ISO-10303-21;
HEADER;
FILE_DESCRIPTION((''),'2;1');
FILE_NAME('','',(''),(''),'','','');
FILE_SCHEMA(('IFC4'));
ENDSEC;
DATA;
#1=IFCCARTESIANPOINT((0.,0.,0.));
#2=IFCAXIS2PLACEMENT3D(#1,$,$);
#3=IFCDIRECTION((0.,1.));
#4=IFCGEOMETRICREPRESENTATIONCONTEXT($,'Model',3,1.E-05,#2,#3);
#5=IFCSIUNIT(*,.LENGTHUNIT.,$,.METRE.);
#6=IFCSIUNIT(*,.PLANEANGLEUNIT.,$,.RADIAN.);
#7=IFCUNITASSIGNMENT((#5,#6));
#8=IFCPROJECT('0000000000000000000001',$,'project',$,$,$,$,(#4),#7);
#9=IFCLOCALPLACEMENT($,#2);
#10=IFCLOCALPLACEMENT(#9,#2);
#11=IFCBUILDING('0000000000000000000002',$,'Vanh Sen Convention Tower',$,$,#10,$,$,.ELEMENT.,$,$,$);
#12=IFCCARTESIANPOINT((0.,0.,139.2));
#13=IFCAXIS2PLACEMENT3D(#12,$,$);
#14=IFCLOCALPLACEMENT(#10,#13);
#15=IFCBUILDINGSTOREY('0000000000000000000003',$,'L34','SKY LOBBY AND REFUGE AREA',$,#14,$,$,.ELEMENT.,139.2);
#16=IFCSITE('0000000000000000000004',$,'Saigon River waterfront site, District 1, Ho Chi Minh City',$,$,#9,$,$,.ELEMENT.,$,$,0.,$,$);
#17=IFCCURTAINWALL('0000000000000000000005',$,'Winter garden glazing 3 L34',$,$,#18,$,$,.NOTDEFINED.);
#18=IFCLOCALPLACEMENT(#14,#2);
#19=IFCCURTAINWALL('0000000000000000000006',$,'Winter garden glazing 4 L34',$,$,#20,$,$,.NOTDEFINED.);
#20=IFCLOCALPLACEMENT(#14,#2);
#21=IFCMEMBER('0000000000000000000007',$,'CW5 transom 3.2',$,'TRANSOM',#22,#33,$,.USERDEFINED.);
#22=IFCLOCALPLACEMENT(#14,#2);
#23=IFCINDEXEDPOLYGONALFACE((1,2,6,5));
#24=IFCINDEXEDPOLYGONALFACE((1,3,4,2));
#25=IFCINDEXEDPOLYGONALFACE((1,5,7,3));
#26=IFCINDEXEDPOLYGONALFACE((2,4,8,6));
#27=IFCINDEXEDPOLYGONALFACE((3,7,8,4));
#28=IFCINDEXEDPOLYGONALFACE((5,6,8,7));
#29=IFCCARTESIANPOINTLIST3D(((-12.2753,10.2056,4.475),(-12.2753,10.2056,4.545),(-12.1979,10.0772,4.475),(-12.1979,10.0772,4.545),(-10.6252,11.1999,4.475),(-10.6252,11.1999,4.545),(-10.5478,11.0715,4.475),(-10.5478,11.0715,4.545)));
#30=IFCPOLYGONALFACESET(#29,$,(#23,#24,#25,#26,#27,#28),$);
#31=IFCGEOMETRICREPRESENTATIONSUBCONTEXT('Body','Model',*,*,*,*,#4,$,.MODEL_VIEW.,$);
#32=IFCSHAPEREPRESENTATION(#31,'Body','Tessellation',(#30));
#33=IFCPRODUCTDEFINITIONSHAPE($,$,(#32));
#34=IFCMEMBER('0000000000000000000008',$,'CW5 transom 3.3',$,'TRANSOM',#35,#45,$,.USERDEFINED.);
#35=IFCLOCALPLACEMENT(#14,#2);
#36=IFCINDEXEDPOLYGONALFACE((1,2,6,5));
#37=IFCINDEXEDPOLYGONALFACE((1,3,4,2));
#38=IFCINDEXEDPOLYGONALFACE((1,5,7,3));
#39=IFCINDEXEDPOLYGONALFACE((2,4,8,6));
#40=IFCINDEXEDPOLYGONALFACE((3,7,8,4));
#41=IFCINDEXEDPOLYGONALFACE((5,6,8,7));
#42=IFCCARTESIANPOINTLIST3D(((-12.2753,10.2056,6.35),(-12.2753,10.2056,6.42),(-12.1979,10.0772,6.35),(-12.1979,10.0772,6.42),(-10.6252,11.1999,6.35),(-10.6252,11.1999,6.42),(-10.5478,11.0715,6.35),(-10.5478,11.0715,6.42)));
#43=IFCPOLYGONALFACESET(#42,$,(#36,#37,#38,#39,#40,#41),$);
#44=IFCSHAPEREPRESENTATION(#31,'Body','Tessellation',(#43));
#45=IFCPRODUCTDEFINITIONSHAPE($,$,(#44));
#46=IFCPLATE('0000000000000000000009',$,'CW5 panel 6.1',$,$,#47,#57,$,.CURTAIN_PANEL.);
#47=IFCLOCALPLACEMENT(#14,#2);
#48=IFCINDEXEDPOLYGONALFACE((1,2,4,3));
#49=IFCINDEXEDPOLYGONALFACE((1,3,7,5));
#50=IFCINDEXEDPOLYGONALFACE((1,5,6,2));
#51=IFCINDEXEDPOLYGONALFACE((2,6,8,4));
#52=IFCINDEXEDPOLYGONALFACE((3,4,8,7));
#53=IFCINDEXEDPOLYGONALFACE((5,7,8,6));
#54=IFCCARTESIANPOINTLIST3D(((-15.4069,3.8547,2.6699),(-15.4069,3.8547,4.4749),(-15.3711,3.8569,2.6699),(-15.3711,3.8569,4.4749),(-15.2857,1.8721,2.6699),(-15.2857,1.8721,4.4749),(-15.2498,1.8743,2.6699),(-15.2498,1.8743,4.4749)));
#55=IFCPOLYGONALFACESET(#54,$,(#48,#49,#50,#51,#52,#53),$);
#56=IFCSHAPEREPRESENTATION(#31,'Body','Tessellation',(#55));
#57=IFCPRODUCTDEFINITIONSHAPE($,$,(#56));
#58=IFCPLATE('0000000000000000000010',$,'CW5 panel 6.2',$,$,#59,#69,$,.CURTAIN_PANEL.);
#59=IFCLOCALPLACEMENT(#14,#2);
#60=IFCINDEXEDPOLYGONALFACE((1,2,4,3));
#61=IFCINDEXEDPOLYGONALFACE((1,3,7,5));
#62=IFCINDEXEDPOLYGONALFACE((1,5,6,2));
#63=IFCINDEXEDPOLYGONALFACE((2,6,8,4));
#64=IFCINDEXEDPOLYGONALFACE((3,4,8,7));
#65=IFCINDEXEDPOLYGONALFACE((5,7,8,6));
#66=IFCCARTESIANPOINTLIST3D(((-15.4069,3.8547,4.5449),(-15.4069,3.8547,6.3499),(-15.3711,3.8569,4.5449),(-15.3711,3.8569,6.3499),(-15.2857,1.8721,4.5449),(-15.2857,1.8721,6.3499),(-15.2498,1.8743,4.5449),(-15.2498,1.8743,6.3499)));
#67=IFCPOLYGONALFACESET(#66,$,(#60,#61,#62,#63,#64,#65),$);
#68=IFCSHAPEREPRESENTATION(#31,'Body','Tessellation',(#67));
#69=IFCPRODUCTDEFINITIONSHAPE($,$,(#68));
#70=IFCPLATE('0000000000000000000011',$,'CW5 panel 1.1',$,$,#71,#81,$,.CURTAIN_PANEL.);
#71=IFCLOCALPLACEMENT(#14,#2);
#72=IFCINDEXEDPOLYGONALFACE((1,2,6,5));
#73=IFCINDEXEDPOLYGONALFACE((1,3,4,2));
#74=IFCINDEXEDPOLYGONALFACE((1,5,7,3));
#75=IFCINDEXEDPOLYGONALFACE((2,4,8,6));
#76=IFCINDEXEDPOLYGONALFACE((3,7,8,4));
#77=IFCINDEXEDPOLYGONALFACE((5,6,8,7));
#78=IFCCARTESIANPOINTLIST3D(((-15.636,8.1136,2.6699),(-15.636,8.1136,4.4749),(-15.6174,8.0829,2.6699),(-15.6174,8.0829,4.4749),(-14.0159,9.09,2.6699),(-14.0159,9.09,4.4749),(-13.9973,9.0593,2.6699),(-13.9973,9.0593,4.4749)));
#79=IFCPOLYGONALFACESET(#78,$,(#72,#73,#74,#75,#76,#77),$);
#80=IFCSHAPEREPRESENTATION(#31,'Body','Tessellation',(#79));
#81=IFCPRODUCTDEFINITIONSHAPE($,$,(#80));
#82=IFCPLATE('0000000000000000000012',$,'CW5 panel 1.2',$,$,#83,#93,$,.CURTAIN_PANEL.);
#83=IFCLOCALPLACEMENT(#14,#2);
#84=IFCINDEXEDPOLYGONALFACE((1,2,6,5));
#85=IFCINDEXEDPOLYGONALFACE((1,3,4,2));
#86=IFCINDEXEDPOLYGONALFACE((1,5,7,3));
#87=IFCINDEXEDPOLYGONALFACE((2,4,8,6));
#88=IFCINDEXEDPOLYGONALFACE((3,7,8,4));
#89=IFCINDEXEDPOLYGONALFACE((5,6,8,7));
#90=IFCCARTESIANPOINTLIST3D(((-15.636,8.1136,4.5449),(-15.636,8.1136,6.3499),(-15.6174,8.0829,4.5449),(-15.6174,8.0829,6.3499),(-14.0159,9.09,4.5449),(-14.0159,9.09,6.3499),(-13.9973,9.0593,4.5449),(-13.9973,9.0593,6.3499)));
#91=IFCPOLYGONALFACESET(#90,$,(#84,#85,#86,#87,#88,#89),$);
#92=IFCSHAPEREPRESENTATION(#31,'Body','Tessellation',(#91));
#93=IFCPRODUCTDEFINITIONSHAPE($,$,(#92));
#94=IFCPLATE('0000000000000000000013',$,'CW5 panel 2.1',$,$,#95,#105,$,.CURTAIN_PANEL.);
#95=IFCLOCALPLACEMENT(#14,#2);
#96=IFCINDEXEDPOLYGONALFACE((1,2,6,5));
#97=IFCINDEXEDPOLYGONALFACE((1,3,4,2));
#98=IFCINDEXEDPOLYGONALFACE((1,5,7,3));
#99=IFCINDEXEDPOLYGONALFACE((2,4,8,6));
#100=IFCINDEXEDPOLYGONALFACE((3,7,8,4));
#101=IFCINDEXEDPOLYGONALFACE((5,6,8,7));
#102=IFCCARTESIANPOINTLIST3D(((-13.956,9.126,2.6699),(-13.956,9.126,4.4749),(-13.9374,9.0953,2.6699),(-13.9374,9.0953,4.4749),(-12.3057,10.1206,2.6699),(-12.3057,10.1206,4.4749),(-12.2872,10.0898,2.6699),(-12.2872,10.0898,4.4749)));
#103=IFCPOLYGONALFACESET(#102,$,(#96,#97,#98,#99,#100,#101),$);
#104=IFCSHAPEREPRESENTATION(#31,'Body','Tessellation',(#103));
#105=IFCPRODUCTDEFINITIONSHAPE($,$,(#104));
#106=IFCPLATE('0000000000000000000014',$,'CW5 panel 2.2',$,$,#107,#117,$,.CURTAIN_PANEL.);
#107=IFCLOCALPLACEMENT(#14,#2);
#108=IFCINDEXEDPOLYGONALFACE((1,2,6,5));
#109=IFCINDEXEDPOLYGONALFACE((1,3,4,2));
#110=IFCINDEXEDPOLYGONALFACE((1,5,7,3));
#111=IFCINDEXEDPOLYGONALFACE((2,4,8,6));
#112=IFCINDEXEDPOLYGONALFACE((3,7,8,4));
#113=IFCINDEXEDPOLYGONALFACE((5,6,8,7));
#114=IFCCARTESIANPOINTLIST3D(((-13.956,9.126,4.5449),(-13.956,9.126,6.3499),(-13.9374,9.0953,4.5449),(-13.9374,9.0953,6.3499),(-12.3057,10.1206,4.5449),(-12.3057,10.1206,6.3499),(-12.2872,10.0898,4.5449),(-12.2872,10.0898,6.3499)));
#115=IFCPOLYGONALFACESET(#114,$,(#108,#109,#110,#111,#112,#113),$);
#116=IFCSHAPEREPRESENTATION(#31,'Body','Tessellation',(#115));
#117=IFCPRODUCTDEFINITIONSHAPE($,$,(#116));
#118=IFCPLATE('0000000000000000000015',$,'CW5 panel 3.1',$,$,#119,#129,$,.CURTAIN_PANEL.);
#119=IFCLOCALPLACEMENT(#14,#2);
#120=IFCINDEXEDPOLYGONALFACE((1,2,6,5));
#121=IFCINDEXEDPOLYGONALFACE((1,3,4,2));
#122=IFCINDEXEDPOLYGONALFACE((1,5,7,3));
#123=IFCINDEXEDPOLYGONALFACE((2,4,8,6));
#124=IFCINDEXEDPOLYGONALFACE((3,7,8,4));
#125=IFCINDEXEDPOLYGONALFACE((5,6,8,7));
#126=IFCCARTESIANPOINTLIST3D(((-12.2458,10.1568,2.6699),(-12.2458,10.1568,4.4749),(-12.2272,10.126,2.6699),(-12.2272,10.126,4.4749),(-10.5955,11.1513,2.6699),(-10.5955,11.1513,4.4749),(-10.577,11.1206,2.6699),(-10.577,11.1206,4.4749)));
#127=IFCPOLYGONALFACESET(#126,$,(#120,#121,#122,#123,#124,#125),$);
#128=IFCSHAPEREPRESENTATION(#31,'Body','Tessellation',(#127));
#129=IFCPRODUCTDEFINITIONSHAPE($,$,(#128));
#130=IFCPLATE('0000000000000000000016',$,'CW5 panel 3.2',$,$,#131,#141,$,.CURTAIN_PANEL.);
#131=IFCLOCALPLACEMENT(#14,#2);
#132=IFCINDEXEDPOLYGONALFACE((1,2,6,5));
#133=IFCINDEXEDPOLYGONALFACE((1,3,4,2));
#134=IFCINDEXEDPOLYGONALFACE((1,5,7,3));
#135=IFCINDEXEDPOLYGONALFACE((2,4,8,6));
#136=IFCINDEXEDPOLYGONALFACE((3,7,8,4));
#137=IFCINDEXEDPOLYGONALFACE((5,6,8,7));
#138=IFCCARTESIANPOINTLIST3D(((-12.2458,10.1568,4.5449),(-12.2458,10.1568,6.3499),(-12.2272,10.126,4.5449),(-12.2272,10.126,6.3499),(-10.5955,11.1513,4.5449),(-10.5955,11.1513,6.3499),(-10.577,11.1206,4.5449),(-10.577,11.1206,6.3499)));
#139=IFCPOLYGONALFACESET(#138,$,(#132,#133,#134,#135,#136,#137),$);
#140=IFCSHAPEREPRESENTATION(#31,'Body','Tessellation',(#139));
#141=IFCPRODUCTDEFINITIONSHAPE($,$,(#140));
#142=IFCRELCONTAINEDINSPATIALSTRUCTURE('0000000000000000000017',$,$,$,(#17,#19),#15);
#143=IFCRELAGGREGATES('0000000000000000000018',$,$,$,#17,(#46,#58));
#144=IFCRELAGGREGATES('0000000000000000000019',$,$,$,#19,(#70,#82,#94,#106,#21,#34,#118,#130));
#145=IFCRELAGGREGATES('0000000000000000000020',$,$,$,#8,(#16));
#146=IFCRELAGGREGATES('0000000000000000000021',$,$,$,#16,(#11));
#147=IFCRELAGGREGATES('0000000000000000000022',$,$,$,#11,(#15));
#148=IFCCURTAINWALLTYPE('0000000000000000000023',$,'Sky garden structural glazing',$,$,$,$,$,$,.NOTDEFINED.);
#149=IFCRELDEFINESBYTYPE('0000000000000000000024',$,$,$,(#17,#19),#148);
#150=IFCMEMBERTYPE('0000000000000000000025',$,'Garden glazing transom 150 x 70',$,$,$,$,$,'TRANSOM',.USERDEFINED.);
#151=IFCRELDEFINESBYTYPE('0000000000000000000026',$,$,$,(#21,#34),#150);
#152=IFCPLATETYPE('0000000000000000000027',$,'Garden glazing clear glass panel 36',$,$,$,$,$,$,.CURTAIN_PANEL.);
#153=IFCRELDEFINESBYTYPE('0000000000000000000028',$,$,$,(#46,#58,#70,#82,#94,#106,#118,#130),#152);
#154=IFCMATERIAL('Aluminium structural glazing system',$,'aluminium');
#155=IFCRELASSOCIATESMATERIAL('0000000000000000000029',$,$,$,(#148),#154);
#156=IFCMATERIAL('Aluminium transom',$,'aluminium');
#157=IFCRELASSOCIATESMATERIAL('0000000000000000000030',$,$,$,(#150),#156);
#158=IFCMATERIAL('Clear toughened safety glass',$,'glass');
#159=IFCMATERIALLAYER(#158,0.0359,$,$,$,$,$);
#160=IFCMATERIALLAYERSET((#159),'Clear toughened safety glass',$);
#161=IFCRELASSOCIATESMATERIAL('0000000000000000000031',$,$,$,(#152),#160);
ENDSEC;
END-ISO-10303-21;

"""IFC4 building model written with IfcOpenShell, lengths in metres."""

from ifc_helpers import new_model, si_unit, direction, frame, origin, origin_2d, place, context, subcontext, project, spatial, rectangle, extrude, material, layer, layer_set, material_profile, profile_set, type_object, element, aggregate, save


model = new_model("IFC4")

# Units and contexts
model_context = context("Model", 3, precision=1e-05, world=origin(), true_north=direction((0.0, 1.0)))
body_context = subcontext(model_context, "Body", "Model", "MODEL_VIEW")
ifc_project = project(units=[si_unit("LENGTHUNIT", "METRE"), si_unit("PLANEANGLEUNIT", "RADIAN")], contexts=[model_context])

# Site, building, storey
site_placement = place(None, origin())
site = spatial("IfcSite", under=ifc_project, at=site_placement, Name="Saigon River waterfront site, District 1, Ho Chi Minh City", CompositionType="ELEMENT", RefElevation=0.0)
building_placement = place(site_placement, origin())
building = spatial("IfcBuilding", under=site, at=building_placement, Name="Vanh Sen Convention Tower", CompositionType="ELEMENT")
storey_placement = place(building_placement, frame((0.0, 0.0, 139.2)))
storey = spatial("IfcBuildingStorey", under=building, at=storey_placement, Name="L34", Description="SKY LOBBY AND REFUGE AREA", CompositionType="ELEMENT", Elevation=139.2)

# Curtain walls
ifc_material_1 = material(Name="Aluminium structural glazing system", Category="aluminium")
curtain_wall_type = type_object("IfcCurtainWallType", Name="Sky garden structural glazing", PredefinedType="NOTDEFINED", material=ifc_material_1)
curtain_wall_1_placement = place(storey_placement, origin())
curtain_wall_1 = element("IfcCurtainWall", 1, at=curtain_wall_1_placement, inside=storey, type_object=curtain_wall_type, Name="Winter garden glazing 3 L34", PredefinedType="NOTDEFINED")
curtain_wall_2_placement = place(storey_placement, origin())
curtain_wall_2 = element("IfcCurtainWall", 2, at=curtain_wall_2_placement, inside=storey, type_object=curtain_wall_type, Name="Winter garden glazing 4 L34", PredefinedType="NOTDEFINED")

# Members
ifc_material_2 = material(Name="Aluminium transom", Category="aluminium")
ifc_material_profile_1 = material_profile(ifc_material_2, rectangle(XDim=0.1499, YDim=0.0701, at=origin_2d()), Name="Garden glazing transom 150 x 70")
ifc_profile_set_1 = profile_set([ifc_material_profile_1], Name="Aluminium transom")
member_type_1 = type_object("IfcMemberType", Name="Garden glazing transom 150 x 70", ElementType="TRANSOM", PredefinedType="USERDEFINED", material=ifc_profile_set_1)
member_1_placement = place(storey_placement, frame((-12.2366, 10.1414, 4.51), z_axis=(0.856507, 0.516135, 0.0), x_axis=(-0.516135, 0.856507, 0.0)))
member_1 = element("IfcMember", 3, at=member_1_placement, type_object=member_type_1, Name="CW5 transom 3.2", ObjectType="TRANSOM", PredefinedType="USERDEFINED", context=body_context, shape_type="SweptSolid", body=[
    extrude(rectangle(XDim=0.1499, YDim=0.0701, at=origin_2d()), origin(), (0.0, 0.0, 1.0), 1.9265),
])
member_2_placement = place(storey_placement, frame((-12.2366, 10.1414, 6.385), z_axis=(0.856507, 0.516135, 0.0), x_axis=(-0.516135, 0.856507, 0.0)))
member_2 = element("IfcMember", 4, at=member_2_placement, type_object=member_type_1, Name="CW5 transom 3.3", ObjectType="TRANSOM", PredefinedType="USERDEFINED", context=body_context, shape_type="SweptSolid", body=[
    extrude(rectangle(XDim=0.1499, YDim=0.0701, at=origin_2d()), origin(), (0.0, 0.0, 1.0), 1.9265),
])

# Plates
ifc_material_3 = material(Name="Clear toughened safety glass", Category="glass")
ifc_layer_1 = layer(ifc_material_3, 0.0359)
ifc_layer_set_1 = layer_set([ifc_layer_1], Name="Clear toughened safety glass")
plate_type = type_object("IfcPlateType", Name="Garden glazing clear glass panel 36", PredefinedType="CURTAIN_PANEL", material=ifc_layer_set_1)
plate_1_placement = place(storey_placement, frame((-15.3284, 2.8645, 2.6699), z_axis=(0.0, 0.0, 1.0), x_axis=(-0.061047, 0.998135, 0.0)))
plate_1 = element("IfcPlate", 5, at=plate_1_placement, type_object=plate_type, Name="CW5 panel 6.1", PredefinedType="CURTAIN_PANEL", context=body_context, shape_type="SweptSolid", body=[
    extrude(rectangle(XDim=1.9863, YDim=0.0359, at=origin_2d()), origin(), (0.0, 0.0, 1.0), 1.8049),
])
plate_2_placement = place(storey_placement, frame((-15.3284, 2.8645, 4.5449), z_axis=(0.0, 0.0, 1.0), x_axis=(-0.061047, 0.998135, 0.0)))
plate_2 = element("IfcPlate", 6, at=plate_2_placement, type_object=plate_type, Name="CW5 panel 6.2", PredefinedType="CURTAIN_PANEL", context=body_context, shape_type="SweptSolid", body=[
    extrude(rectangle(XDim=1.9863, YDim=0.0359, at=origin_2d()), origin(), (0.0, 0.0, 1.0), 1.8049),
])
aggregate(curtain_wall_1, [plate_1, plate_2])
plate_3_placement = place(storey_placement, frame((-14.8167, 8.5864, 2.6699), z_axis=(0.0, 0.0, 1.0), x_axis=(0.856483, 0.516176, 0.0)))
plate_3 = element("IfcPlate", 7, at=plate_3_placement, type_object=plate_type, Name="CW5 panel 1.1", PredefinedType="CURTAIN_PANEL", context=body_context, shape_type="SweptSolid", body=[
    extrude(rectangle(XDim=1.8916, YDim=0.0359, at=origin_2d()), origin(), (0.0, 0.0, 1.0), 1.8049),
])
plate_4_placement = place(storey_placement, frame((-14.8167, 8.5864, 4.5449), z_axis=(0.0, 0.0, 1.0), x_axis=(0.856483, 0.516176, 0.0)))
plate_4 = element("IfcPlate", 8, at=plate_4_placement, type_object=plate_type, Name="CW5 panel 1.2", PredefinedType="CURTAIN_PANEL", context=body_context, shape_type="SweptSolid", body=[
    extrude(rectangle(XDim=1.8916, YDim=0.0359, at=origin_2d()), origin(), (0.0, 0.0, 1.0), 1.8049),
])
plate_5_placement = place(storey_placement, frame((-13.1216, 9.6079, 2.6699), z_axis=(0.0, 0.0, 1.0), x_axis=(0.856483, 0.516176, 0.0)))
plate_5 = element("IfcPlate", 9, at=plate_5_placement, type_object=plate_type, Name="CW5 panel 2.1", PredefinedType="CURTAIN_PANEL", context=body_context, shape_type="SweptSolid", body=[
    extrude(rectangle(XDim=1.9268, YDim=0.0359, at=origin_2d()), origin(), (0.0, 0.0, 1.0), 1.8049),
])
plate_6_placement = place(storey_placement, frame((-13.1216, 9.6079, 4.5449), z_axis=(0.0, 0.0, 1.0), x_axis=(0.856483, 0.516176, 0.0)))
plate_6 = element("IfcPlate", 10, at=plate_6_placement, type_object=plate_type, Name="CW5 panel 2.2", PredefinedType="CURTAIN_PANEL", context=body_context, shape_type="SweptSolid", body=[
    extrude(rectangle(XDim=1.9268, YDim=0.0359, at=origin_2d()), origin(), (0.0, 0.0, 1.0), 1.8049),
])
plate_7_placement = place(storey_placement, frame((-11.4114, 10.6387, 2.6699), z_axis=(0.0, 0.0, 1.0), x_axis=(0.856483, 0.516176, 0.0)))
plate_7 = element("IfcPlate", 11, at=plate_7_placement, type_object=plate_type, Name="CW5 panel 3.1", PredefinedType="CURTAIN_PANEL", context=body_context, shape_type="SweptSolid", body=[
    extrude(rectangle(XDim=1.9268, YDim=0.0359, at=origin_2d()), origin(), (0.0, 0.0, 1.0), 1.8049),
])
plate_8_placement = place(storey_placement, frame((-11.4114, 10.6387, 4.5449), z_axis=(0.0, 0.0, 1.0), x_axis=(0.856483, 0.516176, 0.0)))
plate_8 = element("IfcPlate", 12, at=plate_8_placement, type_object=plate_type, Name="CW5 panel 3.2", PredefinedType="CURTAIN_PANEL", context=body_context, shape_type="SweptSolid", body=[
    extrude(rectangle(XDim=1.9268, YDim=0.0359, at=origin_2d()), origin(), (0.0, 0.0, 1.0), 1.8049),
])
aggregate(curtain_wall_2, [plate_3, plate_4, plate_5, plate_6, member_1, member_2, plate_7, plate_8])

save(model, "model.ifc")
